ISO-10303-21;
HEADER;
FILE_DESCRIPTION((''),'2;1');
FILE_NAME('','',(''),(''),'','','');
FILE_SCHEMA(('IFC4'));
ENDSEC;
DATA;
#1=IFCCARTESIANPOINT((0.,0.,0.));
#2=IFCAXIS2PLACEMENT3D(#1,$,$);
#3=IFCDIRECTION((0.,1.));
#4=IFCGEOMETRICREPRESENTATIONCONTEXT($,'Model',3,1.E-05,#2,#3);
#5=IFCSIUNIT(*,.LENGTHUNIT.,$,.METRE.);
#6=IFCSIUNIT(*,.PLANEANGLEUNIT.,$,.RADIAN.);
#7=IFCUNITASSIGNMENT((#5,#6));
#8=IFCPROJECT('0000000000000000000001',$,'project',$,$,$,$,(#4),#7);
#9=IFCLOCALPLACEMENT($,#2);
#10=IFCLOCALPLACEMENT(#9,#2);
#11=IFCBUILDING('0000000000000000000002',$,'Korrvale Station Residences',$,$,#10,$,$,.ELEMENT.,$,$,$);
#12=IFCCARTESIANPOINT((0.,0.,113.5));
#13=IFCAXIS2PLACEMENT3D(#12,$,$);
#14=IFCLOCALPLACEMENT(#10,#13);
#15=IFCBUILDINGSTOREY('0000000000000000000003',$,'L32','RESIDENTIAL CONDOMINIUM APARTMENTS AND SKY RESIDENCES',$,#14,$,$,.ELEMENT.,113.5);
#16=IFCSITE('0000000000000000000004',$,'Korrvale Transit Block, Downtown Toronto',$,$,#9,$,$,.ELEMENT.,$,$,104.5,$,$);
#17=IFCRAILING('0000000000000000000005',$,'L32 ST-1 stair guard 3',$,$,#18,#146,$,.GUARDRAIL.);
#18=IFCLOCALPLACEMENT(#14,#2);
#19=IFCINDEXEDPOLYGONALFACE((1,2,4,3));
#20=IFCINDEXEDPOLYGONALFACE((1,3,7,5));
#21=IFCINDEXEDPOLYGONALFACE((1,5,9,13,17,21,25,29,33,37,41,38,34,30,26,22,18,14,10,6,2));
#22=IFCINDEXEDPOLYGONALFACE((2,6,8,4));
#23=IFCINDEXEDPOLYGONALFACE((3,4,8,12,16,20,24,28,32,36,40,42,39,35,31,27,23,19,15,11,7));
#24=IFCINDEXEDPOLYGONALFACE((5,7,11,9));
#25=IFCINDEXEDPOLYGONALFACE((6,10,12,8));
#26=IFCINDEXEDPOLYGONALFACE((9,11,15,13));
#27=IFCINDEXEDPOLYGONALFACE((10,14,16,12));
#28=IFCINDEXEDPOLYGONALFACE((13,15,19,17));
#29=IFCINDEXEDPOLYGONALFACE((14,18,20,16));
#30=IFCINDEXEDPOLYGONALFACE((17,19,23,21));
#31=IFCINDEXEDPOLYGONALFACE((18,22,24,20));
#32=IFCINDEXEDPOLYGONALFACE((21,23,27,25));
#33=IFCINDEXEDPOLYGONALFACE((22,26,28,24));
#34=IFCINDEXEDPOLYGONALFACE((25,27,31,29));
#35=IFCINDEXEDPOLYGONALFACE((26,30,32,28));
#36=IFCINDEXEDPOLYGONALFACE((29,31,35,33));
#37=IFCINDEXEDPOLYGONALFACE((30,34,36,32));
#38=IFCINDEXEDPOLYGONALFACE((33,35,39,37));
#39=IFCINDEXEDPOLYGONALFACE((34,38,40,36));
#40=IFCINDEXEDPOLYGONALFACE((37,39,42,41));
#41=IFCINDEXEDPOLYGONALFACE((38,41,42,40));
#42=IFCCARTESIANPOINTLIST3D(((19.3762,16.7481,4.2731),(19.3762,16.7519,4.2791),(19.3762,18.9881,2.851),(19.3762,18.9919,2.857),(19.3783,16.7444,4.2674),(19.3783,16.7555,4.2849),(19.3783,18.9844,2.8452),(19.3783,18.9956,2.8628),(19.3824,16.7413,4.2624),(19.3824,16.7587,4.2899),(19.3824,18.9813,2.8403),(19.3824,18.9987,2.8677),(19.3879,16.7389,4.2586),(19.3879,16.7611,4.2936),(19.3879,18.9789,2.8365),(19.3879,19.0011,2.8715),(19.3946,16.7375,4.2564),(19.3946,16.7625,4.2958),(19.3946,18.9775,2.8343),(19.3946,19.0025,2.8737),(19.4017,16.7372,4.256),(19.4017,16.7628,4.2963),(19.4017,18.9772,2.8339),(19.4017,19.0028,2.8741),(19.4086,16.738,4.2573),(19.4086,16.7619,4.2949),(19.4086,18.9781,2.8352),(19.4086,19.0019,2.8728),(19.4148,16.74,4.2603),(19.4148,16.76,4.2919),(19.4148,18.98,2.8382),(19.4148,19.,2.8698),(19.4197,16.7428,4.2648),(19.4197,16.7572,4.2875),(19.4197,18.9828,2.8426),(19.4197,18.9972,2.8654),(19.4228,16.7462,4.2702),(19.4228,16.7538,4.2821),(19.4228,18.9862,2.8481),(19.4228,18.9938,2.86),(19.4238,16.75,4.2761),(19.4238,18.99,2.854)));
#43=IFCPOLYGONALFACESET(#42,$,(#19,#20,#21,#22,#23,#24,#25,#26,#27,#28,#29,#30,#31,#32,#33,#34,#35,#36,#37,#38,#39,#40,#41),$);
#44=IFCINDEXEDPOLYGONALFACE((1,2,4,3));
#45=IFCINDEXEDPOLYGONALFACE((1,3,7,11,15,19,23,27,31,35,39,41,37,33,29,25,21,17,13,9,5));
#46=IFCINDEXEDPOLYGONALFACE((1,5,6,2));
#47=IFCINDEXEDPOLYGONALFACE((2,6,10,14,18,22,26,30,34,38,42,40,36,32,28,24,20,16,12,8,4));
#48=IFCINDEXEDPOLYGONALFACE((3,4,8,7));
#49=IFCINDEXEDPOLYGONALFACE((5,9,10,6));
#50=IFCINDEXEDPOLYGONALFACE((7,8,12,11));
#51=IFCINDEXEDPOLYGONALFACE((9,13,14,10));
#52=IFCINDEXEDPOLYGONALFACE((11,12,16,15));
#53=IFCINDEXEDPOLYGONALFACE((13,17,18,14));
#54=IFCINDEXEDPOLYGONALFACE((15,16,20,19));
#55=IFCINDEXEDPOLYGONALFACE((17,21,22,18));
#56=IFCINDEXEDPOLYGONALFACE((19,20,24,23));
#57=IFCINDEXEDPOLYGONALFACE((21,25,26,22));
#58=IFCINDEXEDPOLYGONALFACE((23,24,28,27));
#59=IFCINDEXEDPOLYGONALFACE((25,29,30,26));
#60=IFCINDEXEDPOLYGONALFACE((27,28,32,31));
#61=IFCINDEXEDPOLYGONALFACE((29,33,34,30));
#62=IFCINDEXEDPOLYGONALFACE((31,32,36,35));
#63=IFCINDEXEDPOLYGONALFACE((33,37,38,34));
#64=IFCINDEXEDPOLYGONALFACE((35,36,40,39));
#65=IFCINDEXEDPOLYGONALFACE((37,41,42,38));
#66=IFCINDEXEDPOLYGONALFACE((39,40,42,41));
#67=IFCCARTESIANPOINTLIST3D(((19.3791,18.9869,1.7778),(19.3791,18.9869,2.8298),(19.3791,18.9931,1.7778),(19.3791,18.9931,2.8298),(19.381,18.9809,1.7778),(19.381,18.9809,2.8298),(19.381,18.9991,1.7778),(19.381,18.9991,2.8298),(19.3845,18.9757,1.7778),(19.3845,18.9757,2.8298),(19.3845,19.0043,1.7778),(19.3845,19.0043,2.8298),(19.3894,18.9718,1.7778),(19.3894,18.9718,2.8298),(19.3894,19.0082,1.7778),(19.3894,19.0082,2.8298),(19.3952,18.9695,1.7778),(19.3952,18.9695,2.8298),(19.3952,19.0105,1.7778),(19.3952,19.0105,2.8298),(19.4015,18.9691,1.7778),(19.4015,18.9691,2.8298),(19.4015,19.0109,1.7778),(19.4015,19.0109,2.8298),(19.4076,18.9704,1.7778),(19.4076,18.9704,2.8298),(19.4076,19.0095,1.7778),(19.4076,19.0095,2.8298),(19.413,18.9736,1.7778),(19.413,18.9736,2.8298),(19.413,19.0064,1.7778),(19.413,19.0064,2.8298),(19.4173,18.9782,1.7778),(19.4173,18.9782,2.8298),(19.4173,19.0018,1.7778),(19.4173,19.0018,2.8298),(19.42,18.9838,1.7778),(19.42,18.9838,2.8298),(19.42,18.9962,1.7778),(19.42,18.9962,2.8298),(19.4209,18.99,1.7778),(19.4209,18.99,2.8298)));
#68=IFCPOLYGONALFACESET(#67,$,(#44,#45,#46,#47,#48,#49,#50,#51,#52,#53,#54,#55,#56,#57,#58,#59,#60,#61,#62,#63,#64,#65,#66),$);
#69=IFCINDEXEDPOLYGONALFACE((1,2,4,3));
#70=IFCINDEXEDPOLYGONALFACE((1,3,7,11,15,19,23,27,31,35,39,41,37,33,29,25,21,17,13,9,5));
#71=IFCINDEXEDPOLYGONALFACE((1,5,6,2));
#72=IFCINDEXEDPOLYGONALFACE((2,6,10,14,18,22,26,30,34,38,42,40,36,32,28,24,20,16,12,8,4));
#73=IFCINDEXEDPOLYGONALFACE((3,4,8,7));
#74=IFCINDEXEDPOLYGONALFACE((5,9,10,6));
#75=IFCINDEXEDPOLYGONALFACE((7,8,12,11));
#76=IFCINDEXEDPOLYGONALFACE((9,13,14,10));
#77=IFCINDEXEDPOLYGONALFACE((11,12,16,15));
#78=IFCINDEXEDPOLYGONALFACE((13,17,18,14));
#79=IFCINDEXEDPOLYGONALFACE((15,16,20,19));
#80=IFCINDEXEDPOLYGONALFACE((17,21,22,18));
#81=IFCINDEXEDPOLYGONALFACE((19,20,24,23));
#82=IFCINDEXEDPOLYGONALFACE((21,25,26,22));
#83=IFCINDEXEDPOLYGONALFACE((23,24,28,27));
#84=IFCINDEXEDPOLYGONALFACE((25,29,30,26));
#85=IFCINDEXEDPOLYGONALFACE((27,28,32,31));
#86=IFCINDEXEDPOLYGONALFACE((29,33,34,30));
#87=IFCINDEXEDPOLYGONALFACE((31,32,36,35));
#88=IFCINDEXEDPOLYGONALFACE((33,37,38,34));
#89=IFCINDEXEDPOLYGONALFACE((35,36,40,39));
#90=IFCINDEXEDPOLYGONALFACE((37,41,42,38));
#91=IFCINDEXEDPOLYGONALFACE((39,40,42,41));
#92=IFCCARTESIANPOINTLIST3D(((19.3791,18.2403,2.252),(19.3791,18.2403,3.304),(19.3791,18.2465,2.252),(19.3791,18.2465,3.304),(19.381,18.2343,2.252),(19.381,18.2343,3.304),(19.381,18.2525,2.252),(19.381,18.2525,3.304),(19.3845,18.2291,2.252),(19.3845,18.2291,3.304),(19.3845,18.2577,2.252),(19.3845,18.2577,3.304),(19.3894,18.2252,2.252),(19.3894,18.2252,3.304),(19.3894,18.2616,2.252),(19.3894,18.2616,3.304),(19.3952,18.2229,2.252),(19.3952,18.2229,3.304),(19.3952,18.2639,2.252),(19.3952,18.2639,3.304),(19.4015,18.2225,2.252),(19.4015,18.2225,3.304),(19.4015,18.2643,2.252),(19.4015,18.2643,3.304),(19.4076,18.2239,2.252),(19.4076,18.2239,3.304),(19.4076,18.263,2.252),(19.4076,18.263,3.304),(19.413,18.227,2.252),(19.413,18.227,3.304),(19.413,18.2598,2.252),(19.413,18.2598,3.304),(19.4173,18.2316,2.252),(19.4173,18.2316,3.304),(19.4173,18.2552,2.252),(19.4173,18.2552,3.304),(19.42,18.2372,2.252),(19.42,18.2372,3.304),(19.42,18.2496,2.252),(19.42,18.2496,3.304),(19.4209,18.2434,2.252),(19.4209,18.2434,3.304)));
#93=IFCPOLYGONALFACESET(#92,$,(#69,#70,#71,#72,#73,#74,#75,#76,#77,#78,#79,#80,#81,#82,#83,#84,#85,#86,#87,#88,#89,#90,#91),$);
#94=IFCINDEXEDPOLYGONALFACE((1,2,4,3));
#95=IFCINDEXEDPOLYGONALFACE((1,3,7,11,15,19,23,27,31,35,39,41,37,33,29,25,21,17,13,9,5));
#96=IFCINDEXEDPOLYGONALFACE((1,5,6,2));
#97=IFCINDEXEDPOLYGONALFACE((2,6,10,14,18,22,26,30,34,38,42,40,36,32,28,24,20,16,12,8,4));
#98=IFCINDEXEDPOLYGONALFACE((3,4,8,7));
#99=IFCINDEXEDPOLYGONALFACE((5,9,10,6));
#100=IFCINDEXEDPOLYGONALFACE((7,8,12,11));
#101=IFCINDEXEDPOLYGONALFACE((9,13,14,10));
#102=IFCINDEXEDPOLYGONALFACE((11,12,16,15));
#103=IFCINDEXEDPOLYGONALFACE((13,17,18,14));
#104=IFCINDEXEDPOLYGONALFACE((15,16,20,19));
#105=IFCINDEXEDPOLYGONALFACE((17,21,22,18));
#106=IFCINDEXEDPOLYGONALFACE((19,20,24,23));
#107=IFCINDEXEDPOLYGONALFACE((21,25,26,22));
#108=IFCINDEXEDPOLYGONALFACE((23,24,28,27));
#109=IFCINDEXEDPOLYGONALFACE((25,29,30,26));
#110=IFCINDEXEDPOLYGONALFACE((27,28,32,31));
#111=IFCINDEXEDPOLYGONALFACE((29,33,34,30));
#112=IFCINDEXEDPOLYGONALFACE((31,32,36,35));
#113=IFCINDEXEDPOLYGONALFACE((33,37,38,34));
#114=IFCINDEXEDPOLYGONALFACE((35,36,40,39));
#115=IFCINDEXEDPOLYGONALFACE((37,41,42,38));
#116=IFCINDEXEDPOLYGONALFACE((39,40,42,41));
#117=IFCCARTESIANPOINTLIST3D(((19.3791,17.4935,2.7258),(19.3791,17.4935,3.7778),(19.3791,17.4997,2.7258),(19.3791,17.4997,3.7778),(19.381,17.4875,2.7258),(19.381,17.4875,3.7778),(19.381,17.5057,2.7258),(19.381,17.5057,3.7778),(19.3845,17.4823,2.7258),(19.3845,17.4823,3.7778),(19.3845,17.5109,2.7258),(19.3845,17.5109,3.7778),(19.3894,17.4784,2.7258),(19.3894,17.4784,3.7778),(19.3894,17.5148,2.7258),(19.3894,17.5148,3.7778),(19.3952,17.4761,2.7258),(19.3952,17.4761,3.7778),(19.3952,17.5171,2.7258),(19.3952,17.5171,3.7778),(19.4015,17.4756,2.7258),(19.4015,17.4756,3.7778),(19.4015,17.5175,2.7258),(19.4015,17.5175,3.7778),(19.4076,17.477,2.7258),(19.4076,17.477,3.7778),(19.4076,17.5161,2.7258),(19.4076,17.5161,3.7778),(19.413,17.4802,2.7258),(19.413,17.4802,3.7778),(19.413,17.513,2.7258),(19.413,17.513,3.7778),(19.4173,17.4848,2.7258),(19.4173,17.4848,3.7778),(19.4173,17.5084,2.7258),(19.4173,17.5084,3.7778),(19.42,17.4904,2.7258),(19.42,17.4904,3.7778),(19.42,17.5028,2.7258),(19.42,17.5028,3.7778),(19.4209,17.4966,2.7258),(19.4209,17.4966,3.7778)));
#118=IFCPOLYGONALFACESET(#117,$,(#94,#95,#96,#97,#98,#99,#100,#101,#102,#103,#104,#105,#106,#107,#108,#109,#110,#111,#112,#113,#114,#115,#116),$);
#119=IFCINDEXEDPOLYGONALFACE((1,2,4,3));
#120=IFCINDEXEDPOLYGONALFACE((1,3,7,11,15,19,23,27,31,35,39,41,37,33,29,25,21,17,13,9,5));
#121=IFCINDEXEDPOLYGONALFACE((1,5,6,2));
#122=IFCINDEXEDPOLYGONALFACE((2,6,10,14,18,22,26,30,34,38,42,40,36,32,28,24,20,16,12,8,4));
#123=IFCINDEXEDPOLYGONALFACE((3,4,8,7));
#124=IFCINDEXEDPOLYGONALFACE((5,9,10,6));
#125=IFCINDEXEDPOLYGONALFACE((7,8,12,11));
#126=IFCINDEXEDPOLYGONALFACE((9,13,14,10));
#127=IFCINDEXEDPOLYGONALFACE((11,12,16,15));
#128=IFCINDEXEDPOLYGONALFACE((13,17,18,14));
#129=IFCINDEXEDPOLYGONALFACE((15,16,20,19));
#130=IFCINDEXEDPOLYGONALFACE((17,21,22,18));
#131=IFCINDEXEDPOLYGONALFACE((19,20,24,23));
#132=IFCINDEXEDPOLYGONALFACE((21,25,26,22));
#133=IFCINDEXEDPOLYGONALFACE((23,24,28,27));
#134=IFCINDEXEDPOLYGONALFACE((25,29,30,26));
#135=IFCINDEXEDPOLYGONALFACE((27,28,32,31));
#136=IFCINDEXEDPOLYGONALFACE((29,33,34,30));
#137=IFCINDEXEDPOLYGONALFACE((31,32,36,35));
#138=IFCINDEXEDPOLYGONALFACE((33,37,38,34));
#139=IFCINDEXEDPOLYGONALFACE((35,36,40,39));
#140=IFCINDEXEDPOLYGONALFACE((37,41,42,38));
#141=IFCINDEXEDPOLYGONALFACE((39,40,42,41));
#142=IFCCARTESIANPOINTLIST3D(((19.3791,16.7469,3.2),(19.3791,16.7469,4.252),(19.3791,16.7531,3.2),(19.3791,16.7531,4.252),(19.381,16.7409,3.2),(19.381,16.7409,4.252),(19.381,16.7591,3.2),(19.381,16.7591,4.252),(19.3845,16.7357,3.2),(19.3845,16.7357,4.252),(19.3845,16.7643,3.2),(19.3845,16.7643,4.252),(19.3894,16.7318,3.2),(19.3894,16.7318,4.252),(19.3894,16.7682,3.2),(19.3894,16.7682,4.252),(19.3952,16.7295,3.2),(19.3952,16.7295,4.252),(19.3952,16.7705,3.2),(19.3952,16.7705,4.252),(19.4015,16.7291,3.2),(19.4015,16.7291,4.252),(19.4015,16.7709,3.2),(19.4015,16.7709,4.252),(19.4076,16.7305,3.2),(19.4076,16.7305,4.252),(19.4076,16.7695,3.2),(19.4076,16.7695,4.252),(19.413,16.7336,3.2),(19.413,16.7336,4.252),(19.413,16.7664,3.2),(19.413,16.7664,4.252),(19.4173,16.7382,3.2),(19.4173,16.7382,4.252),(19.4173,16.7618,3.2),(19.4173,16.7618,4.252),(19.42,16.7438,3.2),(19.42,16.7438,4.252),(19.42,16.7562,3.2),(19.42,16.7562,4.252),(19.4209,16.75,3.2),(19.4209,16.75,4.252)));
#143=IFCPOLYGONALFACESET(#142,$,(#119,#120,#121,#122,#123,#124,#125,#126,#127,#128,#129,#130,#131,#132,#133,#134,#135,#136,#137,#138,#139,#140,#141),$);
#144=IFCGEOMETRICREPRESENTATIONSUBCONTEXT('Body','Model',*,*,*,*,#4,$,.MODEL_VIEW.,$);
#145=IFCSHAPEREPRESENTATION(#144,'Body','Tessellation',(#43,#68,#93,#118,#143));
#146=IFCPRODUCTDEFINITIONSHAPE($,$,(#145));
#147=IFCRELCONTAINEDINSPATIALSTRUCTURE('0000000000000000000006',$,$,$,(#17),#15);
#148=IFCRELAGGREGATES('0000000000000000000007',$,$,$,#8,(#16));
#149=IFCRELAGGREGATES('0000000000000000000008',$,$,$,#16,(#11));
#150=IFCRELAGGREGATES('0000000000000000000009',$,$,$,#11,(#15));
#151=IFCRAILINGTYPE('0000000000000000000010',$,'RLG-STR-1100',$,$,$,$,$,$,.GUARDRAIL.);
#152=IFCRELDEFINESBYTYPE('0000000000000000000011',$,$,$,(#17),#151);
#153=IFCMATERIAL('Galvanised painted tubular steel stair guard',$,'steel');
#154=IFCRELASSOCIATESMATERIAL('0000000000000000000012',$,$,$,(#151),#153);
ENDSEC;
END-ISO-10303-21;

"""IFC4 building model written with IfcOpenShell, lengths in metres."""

from ifc_helpers import new_model, si_unit, direction, frame, origin, origin_2d, place, context, subcontext, project, spatial, circle, extrude, material, type_object, element, save


model = new_model("IFC4")

# Units and contexts
model_context = context("Model", 3, precision=1e-05, world=origin(), true_north=direction((0.0, 1.0)))
body_context = subcontext(model_context, "Body", "Model", "MODEL_VIEW")
ifc_project = project(units=[si_unit("LENGTHUNIT", "METRE"), si_unit("PLANEANGLEUNIT", "RADIAN")], contexts=[model_context])

# Site, building, storey
site_placement = place(None, origin())
site = spatial("IfcSite", under=ifc_project, at=site_placement, Name="Korrvale Transit Block, Downtown Toronto", CompositionType="ELEMENT", RefElevation=104.5)
building_placement = place(site_placement, origin())
building = spatial("IfcBuilding", under=site, at=building_placement, Name="Korrvale Station Residences", CompositionType="ELEMENT")
storey_placement = place(building_placement, frame((0.0, 0.0, 113.5)))
storey = spatial("IfcBuildingStorey", under=building, at=storey_placement, Name="L32", Description="RESIDENTIAL CONDOMINIUM APARTMENTS AND SKY RESIDENCES", CompositionType="ELEMENT", Elevation=113.5)

# Railing
ifc_material_1 = material(Name="Galvanised painted tubular steel stair guard", Category="steel")
railing_type = type_object("IfcRailingType", Name="RLG-STR-1100", PredefinedType="GUARDRAIL", material=ifc_material_1)
railing_1_placement = place(storey_placement, frame((19.3999, 18.99, 1.7778)))
element("IfcRailing", 1, at=railing_1_placement, inside=storey, type_object=railing_type, Name="L32 ST-1 stair guard 3", PredefinedType="GUARDRAIL", context=body_context, shape_type="SweptSolid", body=[
    extrude(circle(Radius=0.0239, at=origin_2d()), frame((0.0, 0.0, 1.0762), z_axis=(0.0, -0.844229, 0.535982), x_axis=(1.0, 0.0, 0.0)), (0.0, 0.0, 1.0), 2.6533),
    extrude(circle(Radius=0.021, at=origin_2d()), origin(), (0.0, 0.0, 1.0), 1.052),
    extrude(circle(Radius=0.021, at=origin_2d()), frame((0.0, -0.7466, 0.4741)), (0.0, 0.0, 1.0), 1.052),
    extrude(circle(Radius=0.021, at=origin_2d()), frame((0.0, -1.4934, 0.948)), (0.0, 0.0, 1.0), 1.052),
    extrude(circle(Radius=0.021, at=origin_2d()), frame((0.0, -2.24, 1.4221)), (0.0, 0.0, 1.0), 1.052),
])

save(model, "model.ifc")
